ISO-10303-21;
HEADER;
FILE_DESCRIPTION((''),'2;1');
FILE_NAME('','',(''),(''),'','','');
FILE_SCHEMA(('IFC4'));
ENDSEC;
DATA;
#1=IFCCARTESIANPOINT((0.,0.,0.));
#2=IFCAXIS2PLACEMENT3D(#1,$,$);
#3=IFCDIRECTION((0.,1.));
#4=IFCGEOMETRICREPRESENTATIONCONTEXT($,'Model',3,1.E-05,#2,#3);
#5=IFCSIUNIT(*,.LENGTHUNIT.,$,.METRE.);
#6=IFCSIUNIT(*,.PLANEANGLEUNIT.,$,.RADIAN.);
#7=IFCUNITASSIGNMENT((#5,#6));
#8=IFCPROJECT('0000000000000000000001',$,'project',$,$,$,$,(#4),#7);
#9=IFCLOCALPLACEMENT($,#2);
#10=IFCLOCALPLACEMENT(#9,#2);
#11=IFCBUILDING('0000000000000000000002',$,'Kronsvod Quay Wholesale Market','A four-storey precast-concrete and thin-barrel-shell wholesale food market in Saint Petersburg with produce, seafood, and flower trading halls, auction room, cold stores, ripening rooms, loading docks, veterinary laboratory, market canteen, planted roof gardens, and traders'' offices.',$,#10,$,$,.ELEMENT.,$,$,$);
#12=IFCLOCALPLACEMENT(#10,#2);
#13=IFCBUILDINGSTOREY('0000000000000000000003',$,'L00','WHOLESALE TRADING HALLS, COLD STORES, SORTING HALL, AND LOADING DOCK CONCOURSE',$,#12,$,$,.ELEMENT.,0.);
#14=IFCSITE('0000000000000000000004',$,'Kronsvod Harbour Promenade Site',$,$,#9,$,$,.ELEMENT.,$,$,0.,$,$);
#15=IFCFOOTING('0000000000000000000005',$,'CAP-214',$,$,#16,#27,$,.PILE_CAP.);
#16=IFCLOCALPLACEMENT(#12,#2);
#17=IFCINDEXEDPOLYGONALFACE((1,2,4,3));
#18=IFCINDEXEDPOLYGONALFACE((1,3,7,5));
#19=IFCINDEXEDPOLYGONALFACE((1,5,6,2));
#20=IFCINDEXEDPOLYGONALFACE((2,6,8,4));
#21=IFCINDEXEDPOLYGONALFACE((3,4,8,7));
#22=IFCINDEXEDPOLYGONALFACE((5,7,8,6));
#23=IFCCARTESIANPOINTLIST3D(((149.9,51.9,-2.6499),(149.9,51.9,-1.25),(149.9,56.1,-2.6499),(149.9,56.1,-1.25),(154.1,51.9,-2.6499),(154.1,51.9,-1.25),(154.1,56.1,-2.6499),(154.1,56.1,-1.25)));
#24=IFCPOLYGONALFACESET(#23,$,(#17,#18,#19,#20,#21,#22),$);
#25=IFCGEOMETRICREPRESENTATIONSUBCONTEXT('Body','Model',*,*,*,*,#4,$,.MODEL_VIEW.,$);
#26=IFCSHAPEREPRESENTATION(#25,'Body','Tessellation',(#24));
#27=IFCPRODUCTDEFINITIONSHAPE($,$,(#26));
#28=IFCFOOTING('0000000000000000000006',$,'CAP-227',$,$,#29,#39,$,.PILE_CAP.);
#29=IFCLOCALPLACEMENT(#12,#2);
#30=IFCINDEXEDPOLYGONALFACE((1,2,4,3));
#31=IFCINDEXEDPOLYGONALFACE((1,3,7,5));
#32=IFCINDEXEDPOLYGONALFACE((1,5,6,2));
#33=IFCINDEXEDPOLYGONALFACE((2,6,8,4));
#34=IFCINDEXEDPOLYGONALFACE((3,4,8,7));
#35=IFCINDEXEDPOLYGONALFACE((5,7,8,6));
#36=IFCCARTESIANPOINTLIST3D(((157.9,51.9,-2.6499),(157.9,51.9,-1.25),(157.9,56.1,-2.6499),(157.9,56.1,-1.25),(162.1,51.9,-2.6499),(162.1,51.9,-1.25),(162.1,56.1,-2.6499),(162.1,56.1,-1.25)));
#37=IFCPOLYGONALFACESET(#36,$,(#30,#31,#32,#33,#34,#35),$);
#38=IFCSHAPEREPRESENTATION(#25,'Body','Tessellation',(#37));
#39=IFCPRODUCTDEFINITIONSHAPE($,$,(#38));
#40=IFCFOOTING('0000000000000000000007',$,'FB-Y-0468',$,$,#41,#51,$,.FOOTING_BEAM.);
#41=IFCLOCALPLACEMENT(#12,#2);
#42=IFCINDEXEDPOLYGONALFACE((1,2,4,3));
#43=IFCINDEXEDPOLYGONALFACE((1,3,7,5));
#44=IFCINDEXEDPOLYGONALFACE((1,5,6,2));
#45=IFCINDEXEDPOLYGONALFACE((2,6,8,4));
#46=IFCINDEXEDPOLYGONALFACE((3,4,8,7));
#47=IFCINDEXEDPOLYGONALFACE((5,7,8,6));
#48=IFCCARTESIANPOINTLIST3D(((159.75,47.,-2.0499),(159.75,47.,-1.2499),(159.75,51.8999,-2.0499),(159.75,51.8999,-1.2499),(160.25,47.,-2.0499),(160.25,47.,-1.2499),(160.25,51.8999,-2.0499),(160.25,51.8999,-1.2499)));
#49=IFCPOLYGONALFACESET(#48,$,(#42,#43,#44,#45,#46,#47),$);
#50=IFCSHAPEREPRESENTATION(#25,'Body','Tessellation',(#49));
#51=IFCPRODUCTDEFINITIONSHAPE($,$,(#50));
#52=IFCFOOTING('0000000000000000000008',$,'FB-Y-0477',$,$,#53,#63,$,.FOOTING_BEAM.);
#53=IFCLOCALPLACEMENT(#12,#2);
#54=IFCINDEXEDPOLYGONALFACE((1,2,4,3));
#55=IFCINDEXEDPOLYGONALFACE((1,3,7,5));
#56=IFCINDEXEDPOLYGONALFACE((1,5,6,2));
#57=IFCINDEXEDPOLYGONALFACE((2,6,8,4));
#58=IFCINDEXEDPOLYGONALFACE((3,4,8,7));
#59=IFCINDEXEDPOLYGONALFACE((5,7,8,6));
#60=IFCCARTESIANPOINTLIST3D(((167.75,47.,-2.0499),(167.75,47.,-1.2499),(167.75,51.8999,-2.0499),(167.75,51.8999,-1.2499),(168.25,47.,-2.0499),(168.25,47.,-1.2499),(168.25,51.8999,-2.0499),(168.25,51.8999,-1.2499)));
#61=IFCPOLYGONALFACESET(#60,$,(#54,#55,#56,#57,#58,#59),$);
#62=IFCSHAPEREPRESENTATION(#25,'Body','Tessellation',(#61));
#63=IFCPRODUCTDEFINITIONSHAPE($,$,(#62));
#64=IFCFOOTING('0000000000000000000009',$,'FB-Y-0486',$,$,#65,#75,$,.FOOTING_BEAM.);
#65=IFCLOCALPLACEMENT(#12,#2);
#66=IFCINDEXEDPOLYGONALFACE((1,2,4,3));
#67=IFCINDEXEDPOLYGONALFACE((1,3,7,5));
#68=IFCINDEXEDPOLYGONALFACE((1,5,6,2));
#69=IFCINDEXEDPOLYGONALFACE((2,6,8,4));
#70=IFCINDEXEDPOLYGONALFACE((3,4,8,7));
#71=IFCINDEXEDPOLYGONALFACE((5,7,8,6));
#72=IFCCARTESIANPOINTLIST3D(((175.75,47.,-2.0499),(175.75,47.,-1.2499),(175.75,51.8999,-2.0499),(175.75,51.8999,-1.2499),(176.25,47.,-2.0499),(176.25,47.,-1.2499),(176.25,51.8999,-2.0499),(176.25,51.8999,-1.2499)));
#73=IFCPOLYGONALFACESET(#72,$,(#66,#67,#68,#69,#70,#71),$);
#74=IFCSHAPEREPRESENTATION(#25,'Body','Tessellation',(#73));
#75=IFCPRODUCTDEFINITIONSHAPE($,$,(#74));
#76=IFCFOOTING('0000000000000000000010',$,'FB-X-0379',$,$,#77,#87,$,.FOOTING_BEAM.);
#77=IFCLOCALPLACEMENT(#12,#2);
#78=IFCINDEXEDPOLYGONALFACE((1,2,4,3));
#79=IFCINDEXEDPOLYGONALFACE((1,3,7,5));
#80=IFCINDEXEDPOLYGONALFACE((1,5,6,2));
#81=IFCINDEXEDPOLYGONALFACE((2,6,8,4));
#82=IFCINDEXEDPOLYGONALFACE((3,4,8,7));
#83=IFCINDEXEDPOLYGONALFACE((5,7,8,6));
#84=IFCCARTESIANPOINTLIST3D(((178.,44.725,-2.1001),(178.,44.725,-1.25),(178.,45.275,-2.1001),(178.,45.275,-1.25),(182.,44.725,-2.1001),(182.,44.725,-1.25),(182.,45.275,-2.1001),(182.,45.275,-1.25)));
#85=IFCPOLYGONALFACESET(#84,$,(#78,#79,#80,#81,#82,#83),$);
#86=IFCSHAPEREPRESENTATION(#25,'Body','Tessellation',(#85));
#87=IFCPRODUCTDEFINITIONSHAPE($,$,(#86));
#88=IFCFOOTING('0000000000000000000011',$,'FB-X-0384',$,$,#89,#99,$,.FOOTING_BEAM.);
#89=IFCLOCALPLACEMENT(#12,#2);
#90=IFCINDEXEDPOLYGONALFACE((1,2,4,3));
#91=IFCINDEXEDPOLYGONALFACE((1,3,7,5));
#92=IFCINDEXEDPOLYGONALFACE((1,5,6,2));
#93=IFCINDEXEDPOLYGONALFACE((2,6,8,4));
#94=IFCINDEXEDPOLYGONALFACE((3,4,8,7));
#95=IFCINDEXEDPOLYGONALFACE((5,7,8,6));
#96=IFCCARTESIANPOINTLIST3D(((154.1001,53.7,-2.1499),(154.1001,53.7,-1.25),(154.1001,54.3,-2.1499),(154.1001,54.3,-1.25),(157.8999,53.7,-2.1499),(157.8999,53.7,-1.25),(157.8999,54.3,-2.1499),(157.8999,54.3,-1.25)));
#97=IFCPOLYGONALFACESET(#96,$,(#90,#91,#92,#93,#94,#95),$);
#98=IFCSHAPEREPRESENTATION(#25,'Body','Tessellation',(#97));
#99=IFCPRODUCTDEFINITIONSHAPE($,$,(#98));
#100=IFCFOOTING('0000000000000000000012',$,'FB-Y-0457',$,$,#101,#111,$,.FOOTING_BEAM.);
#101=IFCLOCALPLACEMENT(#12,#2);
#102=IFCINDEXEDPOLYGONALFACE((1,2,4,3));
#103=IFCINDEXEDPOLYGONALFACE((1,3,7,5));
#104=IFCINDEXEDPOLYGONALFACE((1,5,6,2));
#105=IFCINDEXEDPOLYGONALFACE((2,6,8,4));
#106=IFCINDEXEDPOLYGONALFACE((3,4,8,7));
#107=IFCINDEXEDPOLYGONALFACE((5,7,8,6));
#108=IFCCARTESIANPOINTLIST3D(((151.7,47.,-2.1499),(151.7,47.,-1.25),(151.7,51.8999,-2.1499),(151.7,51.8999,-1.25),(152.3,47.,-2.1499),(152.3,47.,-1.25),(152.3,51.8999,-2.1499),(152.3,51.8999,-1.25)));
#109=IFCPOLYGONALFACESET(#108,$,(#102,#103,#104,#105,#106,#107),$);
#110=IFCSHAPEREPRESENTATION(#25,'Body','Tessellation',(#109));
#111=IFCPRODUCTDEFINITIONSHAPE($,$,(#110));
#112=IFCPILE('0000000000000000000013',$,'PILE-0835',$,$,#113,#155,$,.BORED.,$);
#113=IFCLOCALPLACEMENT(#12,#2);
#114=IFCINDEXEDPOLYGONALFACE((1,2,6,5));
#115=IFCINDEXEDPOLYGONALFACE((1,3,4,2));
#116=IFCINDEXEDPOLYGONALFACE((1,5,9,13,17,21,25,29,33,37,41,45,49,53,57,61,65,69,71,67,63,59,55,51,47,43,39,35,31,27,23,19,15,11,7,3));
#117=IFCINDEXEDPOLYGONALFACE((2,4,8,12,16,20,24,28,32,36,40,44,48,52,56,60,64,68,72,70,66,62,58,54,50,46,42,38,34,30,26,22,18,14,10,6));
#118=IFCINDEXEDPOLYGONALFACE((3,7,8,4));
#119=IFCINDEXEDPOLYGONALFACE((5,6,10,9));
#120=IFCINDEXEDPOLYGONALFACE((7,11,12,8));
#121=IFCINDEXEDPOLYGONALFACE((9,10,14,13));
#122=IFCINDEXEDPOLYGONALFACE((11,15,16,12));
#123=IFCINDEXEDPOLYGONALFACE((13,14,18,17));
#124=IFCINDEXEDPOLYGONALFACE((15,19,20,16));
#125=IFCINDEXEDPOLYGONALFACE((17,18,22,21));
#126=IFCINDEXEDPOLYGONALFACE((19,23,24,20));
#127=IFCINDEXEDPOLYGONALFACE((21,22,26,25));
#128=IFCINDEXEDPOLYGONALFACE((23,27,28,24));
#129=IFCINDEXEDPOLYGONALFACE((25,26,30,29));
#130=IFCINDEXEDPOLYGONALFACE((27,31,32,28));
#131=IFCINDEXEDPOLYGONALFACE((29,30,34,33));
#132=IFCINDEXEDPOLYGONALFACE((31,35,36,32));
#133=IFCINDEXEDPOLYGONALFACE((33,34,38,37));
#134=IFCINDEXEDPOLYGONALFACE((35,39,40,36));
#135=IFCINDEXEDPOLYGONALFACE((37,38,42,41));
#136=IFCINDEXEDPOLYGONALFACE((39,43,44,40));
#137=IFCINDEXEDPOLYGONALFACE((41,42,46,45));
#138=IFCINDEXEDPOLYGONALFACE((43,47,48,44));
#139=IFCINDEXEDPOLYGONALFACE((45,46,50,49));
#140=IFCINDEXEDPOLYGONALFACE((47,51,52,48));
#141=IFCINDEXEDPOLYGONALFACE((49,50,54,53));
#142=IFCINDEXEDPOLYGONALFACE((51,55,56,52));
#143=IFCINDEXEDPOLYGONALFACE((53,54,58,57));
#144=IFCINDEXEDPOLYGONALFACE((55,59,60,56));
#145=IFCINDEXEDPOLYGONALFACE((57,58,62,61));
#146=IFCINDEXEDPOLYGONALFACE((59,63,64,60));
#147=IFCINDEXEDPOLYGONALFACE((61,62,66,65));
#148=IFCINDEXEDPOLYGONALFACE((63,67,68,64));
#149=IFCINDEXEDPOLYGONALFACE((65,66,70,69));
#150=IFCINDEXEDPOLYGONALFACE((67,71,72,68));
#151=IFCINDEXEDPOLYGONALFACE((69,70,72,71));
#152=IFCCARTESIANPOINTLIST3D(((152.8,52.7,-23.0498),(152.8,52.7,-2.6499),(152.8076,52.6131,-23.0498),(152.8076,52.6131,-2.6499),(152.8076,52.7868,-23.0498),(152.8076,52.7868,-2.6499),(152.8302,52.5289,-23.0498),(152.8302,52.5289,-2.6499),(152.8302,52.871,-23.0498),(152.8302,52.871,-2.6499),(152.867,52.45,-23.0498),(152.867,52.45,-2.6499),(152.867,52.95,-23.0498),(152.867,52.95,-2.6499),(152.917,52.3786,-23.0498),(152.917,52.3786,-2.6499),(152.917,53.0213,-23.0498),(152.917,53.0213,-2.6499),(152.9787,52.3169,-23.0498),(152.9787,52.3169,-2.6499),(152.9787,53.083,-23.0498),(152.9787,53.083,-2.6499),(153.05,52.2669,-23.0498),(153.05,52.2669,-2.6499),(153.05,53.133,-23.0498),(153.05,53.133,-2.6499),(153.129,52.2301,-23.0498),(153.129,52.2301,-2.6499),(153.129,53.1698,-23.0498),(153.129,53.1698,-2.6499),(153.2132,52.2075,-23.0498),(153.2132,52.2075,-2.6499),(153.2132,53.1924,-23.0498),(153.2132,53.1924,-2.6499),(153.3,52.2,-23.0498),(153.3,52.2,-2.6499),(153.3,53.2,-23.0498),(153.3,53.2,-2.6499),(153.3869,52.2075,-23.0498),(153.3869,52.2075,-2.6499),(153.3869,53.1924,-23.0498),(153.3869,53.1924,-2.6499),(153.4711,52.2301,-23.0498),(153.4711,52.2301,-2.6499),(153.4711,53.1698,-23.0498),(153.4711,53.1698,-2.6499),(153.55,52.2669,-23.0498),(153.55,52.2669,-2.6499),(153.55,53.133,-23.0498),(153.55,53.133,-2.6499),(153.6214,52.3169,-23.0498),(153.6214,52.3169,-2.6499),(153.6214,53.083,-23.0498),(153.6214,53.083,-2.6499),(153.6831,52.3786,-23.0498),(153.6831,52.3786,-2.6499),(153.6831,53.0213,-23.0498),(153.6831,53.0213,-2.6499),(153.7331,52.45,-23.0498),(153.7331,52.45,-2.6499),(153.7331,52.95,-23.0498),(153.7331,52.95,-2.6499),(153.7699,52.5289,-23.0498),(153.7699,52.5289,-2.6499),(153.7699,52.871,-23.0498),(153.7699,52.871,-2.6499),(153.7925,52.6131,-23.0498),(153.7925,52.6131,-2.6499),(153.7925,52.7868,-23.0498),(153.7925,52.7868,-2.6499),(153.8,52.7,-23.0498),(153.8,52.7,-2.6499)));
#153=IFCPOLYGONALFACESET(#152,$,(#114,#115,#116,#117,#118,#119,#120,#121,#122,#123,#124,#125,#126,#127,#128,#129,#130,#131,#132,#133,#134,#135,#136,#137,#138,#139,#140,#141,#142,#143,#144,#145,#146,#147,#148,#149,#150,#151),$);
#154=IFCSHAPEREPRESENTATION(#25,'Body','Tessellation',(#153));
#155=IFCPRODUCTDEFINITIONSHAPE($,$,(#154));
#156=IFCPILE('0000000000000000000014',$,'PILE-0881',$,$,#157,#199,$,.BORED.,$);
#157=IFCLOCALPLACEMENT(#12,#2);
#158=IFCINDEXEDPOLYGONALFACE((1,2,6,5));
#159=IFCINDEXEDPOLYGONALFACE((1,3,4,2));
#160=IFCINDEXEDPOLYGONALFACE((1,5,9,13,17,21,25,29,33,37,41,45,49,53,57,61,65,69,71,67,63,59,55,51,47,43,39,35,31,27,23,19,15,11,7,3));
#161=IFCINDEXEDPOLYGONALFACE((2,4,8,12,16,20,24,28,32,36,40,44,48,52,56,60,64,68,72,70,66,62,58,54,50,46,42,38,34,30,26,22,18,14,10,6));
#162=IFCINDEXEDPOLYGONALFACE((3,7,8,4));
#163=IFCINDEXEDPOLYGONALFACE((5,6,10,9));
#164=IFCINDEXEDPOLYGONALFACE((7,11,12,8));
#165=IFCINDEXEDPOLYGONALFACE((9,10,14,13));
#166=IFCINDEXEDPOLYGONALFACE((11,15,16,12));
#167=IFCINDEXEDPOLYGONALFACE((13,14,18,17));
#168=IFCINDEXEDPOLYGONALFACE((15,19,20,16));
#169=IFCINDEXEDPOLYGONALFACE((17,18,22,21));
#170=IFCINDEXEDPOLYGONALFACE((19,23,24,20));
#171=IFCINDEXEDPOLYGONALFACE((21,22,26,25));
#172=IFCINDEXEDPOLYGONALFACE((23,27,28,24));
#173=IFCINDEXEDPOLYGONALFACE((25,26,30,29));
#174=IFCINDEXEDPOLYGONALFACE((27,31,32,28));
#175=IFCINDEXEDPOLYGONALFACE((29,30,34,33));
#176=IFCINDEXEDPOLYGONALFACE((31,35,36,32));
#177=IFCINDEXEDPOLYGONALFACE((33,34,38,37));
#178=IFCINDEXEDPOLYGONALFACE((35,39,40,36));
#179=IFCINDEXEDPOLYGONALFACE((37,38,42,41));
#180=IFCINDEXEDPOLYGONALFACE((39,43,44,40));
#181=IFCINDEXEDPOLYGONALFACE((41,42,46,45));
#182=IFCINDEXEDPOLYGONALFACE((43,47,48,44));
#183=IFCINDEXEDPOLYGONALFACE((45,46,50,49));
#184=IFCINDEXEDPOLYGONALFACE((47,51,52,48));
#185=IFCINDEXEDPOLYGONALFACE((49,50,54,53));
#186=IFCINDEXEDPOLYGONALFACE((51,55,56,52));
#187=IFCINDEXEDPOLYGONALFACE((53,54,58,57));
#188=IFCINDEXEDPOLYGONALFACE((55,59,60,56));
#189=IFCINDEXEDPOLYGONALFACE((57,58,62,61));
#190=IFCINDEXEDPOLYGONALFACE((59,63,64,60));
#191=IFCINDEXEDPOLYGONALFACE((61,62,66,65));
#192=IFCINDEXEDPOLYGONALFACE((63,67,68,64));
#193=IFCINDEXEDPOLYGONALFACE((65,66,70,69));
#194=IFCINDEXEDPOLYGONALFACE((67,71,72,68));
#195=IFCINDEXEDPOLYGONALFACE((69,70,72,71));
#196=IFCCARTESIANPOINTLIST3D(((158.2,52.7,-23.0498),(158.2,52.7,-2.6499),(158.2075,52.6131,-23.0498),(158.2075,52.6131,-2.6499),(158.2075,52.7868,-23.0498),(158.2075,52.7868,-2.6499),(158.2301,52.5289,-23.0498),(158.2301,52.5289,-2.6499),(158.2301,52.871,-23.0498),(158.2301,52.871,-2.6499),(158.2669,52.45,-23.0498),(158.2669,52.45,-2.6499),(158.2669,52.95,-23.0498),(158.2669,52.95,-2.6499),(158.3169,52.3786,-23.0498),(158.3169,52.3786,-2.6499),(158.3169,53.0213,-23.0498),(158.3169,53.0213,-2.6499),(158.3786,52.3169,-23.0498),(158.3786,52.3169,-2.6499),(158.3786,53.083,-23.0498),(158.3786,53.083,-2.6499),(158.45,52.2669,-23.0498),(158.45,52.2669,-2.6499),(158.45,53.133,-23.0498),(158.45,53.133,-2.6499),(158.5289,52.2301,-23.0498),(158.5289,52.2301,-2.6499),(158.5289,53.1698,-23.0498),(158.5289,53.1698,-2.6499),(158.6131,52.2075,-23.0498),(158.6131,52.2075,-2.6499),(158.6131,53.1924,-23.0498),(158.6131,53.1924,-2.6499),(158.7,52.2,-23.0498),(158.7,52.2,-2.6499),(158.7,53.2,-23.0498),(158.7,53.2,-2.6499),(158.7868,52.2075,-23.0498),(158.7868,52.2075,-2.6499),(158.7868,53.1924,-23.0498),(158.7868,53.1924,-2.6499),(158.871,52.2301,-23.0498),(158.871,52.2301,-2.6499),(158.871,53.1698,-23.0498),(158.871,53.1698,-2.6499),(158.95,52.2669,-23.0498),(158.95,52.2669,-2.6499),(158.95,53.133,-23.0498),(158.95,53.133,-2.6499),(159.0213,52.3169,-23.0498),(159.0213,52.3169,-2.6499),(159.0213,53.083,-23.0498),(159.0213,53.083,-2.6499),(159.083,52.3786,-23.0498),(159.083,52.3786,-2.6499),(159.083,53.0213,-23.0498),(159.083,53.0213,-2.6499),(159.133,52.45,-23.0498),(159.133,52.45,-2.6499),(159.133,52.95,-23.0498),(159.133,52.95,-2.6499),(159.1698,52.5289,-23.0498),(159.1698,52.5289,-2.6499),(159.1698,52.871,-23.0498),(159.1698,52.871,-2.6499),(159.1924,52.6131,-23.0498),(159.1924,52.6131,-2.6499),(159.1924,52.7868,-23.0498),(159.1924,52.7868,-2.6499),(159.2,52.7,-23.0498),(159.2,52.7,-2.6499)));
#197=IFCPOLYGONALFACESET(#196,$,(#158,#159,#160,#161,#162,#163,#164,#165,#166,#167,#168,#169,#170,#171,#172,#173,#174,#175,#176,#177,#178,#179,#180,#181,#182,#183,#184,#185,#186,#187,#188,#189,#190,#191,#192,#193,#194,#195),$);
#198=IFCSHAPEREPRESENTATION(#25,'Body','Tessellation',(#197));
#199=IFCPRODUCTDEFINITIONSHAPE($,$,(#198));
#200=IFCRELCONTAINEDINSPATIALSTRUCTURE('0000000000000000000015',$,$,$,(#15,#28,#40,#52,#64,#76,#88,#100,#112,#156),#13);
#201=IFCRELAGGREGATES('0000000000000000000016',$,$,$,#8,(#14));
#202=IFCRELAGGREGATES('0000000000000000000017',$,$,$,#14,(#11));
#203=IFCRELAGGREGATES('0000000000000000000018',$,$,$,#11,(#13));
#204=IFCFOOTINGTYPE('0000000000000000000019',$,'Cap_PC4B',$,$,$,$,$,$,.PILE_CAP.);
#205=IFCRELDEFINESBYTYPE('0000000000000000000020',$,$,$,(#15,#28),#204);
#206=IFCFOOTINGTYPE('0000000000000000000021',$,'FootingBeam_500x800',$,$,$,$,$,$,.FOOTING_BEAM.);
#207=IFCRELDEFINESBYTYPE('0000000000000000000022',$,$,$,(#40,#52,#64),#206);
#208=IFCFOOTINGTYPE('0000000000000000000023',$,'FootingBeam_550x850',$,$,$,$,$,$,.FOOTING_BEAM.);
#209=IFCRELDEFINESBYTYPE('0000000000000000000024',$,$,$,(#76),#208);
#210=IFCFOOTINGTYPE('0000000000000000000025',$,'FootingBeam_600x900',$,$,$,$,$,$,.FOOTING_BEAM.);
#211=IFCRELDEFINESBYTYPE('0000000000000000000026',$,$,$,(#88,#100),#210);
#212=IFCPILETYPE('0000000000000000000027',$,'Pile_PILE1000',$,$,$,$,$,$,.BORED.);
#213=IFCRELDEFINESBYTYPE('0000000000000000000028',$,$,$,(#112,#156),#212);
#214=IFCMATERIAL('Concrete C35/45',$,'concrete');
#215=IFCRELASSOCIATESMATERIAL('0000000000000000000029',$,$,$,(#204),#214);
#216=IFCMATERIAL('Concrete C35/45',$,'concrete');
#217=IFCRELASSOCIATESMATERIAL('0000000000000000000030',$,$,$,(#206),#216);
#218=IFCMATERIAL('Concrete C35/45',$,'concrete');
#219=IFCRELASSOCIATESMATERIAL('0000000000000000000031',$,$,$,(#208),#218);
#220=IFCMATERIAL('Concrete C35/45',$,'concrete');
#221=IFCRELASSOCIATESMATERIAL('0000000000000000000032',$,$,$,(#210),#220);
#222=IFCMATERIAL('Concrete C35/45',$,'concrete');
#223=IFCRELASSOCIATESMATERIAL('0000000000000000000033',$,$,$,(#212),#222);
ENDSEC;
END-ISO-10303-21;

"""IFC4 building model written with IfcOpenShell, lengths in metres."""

from ifc_helpers import new_model, si_unit, direction, frame, origin, origin_2d, place, context, subcontext, project, spatial, rectangle, circle, extrude, material, material_profile, profile_set, type_object, element, save


model = new_model("IFC4")

# Units and contexts
model_context = context("Model", 3, precision=1e-05, world=origin(), true_north=direction((0.0, 1.0)))
body_context = subcontext(model_context, "Body", "Model", "MODEL_VIEW")
ifc_project = project(units=[si_unit("LENGTHUNIT", "METRE"), si_unit("PLANEANGLEUNIT", "RADIAN")], contexts=[model_context])

# Site, building, storey
site_placement = place(None, origin())
site = spatial("IfcSite", under=ifc_project, at=site_placement, Name="Kronsvod Harbour Promenade Site", CompositionType="ELEMENT", RefElevation=0.0)
building_placement = place(site_placement, origin())
building = spatial("IfcBuilding", under=site, at=building_placement, Name="Kronsvod Quay Wholesale Market", Description="A four-storey precast-concrete and thin-barrel-shell wholesale food market in Saint Petersburg with produce, seafood, and flower trading halls, auction room, cold stores, ripening rooms, loading docks, veterinary laboratory, market canteen, planted roof gardens, and traders' offices.", CompositionType="ELEMENT")
storey_placement = place(building_placement, origin())
storey = spatial("IfcBuildingStorey", under=building, at=storey_placement, Name="L00", Description="WHOLESALE TRADING HALLS, COLD STORES, SORTING HALL, AND LOADING DOCK CONCOURSE", CompositionType="ELEMENT", Elevation=0.0)

# Footings
ifc_material_1 = material(Name="Concrete C35/45", Category="concrete")
footing_type_1 = type_object("IfcFootingType", Name="Cap_PC4B", PredefinedType="PILE_CAP", material=ifc_material_1)
for number, where, z_axis, x_axis, name in (
    (1, (152.0, 54.0, -2.6499), (0.0, 0.0, 1.0), (1.0, 0.0, 0.0), "CAP-214"),
    (2, (160.0, 54.0, -2.6499), (0.0, 0.0, 1.0), (1.0, 0.0, 0.0), "CAP-227"),
):
    element("IfcFooting", number, at=place(storey_placement, frame(where, z_axis=z_axis, x_axis=x_axis)), inside=storey, type_object=footing_type_1, Name=name, PredefinedType="PILE_CAP", context=body_context, shape_type="SweptSolid", body=[
        extrude(rectangle(XDim=4.2, YDim=4.2, at=origin_2d()), origin(), (0.0, 0.0, 1.0), 1.3999),
    ])
ifc_material_2 = material(Name="Concrete C35/45", Category="concrete")
ifc_material_profile_1 = material_profile(ifc_material_2, rectangle(XDim=0.5, YDim=0.8, at=origin_2d()), Name="FB-01")
ifc_profile_set_1 = profile_set([ifc_material_profile_1], Name="Concrete C35/45")
footing_type_2 = type_object("IfcFootingType", Name="FootingBeam_500x800", PredefinedType="FOOTING_BEAM", material=ifc_profile_set_1)
for number, where, z_axis, x_axis, name in (
    (3, (160.0, 47.0, -1.6499), (0.0, 1.0, 0.0), (-1.0, 0.0, 0.0), "FB-Y-0468"),
    (4, (168.0, 47.0, -1.6499), (0.0, 1.0, 0.0), (-1.0, 0.0, 0.0), "FB-Y-0477"),
    (5, (176.0, 47.0, -1.6499), (0.0, 1.0, 0.0), (-1.0, 0.0, 0.0), "FB-Y-0486"),
):
    element("IfcFooting", number, at=place(storey_placement, frame(where, z_axis=z_axis, x_axis=x_axis)), inside=storey, type_object=footing_type_2, Name=name, PredefinedType="FOOTING_BEAM", context=body_context, shape_type="SweptSolid", body=[
        extrude(rectangle(XDim=0.5, YDim=0.8, at=origin_2d()), origin(), (0.0, 0.0, 1.0), 4.8999),
    ])
ifc_material_3 = material(Name="Concrete C35/45", Category="concrete")
ifc_material_profile_2 = material_profile(ifc_material_3, rectangle(XDim=0.55, YDim=0.8501, at=origin_2d()), Name="FB-03")
ifc_profile_set_2 = profile_set([ifc_material_profile_2], Name="Concrete C35/45")
footing_type_3 = type_object("IfcFootingType", Name="FootingBeam_550x850", PredefinedType="FOOTING_BEAM", material=ifc_profile_set_2)
footing_1_placement = place(storey_placement, frame((178.0, 45.0, -1.675), z_axis=(1.0, 0.0, 0.0), x_axis=(0.0, 1.0, 0.0)))
element("IfcFooting", 6, at=footing_1_placement, inside=storey, type_object=footing_type_3, Name="FB-X-0379", PredefinedType="FOOTING_BEAM", context=body_context, shape_type="SweptSolid", body=[
    extrude(rectangle(XDim=0.55, YDim=0.8501, at=origin_2d()), origin(), (0.0, 0.0, 1.0), 4.0),
])
ifc_material_4 = material(Name="Concrete C35/45", Category="concrete")
ifc_material_profile_3 = material_profile(ifc_material_4, rectangle(XDim=0.6001, YDim=0.8999, at=origin_2d()), Name="FB-02")
ifc_profile_set_3 = profile_set([ifc_material_profile_3], Name="Concrete C35/45")
footing_type_4 = type_object("IfcFootingType", Name="FootingBeam_600x900", PredefinedType="FOOTING_BEAM", material=ifc_profile_set_3)
footing_2_placement = place(storey_placement, frame((154.1001, 54.0, -1.7), z_axis=(1.0, 0.0, 0.0), x_axis=(0.0, 1.0, 0.0)))
element("IfcFooting", 7, at=footing_2_placement, inside=storey, type_object=footing_type_4, Name="FB-X-0384", PredefinedType="FOOTING_BEAM", context=body_context, shape_type="SweptSolid", body=[
    extrude(rectangle(XDim=0.6001, YDim=0.8999, at=origin_2d()), origin(), (0.0, 0.0, 1.0), 3.7998),
])
footing_3_placement = place(storey_placement, frame((152.0, 47.0, -1.7), z_axis=(0.0, 1.0, 0.0), x_axis=(-1.0, 0.0, 0.0)))
element("IfcFooting", 8, at=footing_3_placement, inside=storey, type_object=footing_type_4, Name="FB-Y-0457", PredefinedType="FOOTING_BEAM", context=body_context, shape_type="SweptSolid", body=[
    extrude(rectangle(XDim=0.6001, YDim=0.8999, at=origin_2d()), origin(), (0.0, 0.0, 1.0), 4.8999),
])

# Piles
ifc_material_5 = material(Name="Concrete C35/45", Category="concrete")
ifc_material_profile_4 = material_profile(ifc_material_5, circle(Radius=0.5, at=origin_2d()), Name="PILE1000")
ifc_profile_set_4 = profile_set([ifc_material_profile_4], Name="Concrete C35/45")
pile_type_1 = type_object("IfcPileType", Name="Pile_PILE1000", PredefinedType="BORED", material=ifc_profile_set_4)
for number, where, z_axis, x_axis, name in (
    (9, (153.3, 52.7, -2.6499), (0.0, 0.0, -1.0), (1.0, 0.0, 0.0), "PILE-0835"),
    (10, (158.7, 52.7, -2.6499), (0.0, 0.0, -1.0), (1.0, 0.0, 0.0), "PILE-0881"),
):
    element("IfcPile", number, at=place(storey_placement, frame(where, z_axis=z_axis, x_axis=x_axis)), inside=storey, type_object=pile_type_1, Name=name, PredefinedType="BORED", context=body_context, shape_type="SweptSolid", body=[
        extrude(circle(Radius=0.5, at=origin_2d()), origin(), (0.0, 0.0, 1.0), 20.3999),
    ])

save(model, "model.ifc")
